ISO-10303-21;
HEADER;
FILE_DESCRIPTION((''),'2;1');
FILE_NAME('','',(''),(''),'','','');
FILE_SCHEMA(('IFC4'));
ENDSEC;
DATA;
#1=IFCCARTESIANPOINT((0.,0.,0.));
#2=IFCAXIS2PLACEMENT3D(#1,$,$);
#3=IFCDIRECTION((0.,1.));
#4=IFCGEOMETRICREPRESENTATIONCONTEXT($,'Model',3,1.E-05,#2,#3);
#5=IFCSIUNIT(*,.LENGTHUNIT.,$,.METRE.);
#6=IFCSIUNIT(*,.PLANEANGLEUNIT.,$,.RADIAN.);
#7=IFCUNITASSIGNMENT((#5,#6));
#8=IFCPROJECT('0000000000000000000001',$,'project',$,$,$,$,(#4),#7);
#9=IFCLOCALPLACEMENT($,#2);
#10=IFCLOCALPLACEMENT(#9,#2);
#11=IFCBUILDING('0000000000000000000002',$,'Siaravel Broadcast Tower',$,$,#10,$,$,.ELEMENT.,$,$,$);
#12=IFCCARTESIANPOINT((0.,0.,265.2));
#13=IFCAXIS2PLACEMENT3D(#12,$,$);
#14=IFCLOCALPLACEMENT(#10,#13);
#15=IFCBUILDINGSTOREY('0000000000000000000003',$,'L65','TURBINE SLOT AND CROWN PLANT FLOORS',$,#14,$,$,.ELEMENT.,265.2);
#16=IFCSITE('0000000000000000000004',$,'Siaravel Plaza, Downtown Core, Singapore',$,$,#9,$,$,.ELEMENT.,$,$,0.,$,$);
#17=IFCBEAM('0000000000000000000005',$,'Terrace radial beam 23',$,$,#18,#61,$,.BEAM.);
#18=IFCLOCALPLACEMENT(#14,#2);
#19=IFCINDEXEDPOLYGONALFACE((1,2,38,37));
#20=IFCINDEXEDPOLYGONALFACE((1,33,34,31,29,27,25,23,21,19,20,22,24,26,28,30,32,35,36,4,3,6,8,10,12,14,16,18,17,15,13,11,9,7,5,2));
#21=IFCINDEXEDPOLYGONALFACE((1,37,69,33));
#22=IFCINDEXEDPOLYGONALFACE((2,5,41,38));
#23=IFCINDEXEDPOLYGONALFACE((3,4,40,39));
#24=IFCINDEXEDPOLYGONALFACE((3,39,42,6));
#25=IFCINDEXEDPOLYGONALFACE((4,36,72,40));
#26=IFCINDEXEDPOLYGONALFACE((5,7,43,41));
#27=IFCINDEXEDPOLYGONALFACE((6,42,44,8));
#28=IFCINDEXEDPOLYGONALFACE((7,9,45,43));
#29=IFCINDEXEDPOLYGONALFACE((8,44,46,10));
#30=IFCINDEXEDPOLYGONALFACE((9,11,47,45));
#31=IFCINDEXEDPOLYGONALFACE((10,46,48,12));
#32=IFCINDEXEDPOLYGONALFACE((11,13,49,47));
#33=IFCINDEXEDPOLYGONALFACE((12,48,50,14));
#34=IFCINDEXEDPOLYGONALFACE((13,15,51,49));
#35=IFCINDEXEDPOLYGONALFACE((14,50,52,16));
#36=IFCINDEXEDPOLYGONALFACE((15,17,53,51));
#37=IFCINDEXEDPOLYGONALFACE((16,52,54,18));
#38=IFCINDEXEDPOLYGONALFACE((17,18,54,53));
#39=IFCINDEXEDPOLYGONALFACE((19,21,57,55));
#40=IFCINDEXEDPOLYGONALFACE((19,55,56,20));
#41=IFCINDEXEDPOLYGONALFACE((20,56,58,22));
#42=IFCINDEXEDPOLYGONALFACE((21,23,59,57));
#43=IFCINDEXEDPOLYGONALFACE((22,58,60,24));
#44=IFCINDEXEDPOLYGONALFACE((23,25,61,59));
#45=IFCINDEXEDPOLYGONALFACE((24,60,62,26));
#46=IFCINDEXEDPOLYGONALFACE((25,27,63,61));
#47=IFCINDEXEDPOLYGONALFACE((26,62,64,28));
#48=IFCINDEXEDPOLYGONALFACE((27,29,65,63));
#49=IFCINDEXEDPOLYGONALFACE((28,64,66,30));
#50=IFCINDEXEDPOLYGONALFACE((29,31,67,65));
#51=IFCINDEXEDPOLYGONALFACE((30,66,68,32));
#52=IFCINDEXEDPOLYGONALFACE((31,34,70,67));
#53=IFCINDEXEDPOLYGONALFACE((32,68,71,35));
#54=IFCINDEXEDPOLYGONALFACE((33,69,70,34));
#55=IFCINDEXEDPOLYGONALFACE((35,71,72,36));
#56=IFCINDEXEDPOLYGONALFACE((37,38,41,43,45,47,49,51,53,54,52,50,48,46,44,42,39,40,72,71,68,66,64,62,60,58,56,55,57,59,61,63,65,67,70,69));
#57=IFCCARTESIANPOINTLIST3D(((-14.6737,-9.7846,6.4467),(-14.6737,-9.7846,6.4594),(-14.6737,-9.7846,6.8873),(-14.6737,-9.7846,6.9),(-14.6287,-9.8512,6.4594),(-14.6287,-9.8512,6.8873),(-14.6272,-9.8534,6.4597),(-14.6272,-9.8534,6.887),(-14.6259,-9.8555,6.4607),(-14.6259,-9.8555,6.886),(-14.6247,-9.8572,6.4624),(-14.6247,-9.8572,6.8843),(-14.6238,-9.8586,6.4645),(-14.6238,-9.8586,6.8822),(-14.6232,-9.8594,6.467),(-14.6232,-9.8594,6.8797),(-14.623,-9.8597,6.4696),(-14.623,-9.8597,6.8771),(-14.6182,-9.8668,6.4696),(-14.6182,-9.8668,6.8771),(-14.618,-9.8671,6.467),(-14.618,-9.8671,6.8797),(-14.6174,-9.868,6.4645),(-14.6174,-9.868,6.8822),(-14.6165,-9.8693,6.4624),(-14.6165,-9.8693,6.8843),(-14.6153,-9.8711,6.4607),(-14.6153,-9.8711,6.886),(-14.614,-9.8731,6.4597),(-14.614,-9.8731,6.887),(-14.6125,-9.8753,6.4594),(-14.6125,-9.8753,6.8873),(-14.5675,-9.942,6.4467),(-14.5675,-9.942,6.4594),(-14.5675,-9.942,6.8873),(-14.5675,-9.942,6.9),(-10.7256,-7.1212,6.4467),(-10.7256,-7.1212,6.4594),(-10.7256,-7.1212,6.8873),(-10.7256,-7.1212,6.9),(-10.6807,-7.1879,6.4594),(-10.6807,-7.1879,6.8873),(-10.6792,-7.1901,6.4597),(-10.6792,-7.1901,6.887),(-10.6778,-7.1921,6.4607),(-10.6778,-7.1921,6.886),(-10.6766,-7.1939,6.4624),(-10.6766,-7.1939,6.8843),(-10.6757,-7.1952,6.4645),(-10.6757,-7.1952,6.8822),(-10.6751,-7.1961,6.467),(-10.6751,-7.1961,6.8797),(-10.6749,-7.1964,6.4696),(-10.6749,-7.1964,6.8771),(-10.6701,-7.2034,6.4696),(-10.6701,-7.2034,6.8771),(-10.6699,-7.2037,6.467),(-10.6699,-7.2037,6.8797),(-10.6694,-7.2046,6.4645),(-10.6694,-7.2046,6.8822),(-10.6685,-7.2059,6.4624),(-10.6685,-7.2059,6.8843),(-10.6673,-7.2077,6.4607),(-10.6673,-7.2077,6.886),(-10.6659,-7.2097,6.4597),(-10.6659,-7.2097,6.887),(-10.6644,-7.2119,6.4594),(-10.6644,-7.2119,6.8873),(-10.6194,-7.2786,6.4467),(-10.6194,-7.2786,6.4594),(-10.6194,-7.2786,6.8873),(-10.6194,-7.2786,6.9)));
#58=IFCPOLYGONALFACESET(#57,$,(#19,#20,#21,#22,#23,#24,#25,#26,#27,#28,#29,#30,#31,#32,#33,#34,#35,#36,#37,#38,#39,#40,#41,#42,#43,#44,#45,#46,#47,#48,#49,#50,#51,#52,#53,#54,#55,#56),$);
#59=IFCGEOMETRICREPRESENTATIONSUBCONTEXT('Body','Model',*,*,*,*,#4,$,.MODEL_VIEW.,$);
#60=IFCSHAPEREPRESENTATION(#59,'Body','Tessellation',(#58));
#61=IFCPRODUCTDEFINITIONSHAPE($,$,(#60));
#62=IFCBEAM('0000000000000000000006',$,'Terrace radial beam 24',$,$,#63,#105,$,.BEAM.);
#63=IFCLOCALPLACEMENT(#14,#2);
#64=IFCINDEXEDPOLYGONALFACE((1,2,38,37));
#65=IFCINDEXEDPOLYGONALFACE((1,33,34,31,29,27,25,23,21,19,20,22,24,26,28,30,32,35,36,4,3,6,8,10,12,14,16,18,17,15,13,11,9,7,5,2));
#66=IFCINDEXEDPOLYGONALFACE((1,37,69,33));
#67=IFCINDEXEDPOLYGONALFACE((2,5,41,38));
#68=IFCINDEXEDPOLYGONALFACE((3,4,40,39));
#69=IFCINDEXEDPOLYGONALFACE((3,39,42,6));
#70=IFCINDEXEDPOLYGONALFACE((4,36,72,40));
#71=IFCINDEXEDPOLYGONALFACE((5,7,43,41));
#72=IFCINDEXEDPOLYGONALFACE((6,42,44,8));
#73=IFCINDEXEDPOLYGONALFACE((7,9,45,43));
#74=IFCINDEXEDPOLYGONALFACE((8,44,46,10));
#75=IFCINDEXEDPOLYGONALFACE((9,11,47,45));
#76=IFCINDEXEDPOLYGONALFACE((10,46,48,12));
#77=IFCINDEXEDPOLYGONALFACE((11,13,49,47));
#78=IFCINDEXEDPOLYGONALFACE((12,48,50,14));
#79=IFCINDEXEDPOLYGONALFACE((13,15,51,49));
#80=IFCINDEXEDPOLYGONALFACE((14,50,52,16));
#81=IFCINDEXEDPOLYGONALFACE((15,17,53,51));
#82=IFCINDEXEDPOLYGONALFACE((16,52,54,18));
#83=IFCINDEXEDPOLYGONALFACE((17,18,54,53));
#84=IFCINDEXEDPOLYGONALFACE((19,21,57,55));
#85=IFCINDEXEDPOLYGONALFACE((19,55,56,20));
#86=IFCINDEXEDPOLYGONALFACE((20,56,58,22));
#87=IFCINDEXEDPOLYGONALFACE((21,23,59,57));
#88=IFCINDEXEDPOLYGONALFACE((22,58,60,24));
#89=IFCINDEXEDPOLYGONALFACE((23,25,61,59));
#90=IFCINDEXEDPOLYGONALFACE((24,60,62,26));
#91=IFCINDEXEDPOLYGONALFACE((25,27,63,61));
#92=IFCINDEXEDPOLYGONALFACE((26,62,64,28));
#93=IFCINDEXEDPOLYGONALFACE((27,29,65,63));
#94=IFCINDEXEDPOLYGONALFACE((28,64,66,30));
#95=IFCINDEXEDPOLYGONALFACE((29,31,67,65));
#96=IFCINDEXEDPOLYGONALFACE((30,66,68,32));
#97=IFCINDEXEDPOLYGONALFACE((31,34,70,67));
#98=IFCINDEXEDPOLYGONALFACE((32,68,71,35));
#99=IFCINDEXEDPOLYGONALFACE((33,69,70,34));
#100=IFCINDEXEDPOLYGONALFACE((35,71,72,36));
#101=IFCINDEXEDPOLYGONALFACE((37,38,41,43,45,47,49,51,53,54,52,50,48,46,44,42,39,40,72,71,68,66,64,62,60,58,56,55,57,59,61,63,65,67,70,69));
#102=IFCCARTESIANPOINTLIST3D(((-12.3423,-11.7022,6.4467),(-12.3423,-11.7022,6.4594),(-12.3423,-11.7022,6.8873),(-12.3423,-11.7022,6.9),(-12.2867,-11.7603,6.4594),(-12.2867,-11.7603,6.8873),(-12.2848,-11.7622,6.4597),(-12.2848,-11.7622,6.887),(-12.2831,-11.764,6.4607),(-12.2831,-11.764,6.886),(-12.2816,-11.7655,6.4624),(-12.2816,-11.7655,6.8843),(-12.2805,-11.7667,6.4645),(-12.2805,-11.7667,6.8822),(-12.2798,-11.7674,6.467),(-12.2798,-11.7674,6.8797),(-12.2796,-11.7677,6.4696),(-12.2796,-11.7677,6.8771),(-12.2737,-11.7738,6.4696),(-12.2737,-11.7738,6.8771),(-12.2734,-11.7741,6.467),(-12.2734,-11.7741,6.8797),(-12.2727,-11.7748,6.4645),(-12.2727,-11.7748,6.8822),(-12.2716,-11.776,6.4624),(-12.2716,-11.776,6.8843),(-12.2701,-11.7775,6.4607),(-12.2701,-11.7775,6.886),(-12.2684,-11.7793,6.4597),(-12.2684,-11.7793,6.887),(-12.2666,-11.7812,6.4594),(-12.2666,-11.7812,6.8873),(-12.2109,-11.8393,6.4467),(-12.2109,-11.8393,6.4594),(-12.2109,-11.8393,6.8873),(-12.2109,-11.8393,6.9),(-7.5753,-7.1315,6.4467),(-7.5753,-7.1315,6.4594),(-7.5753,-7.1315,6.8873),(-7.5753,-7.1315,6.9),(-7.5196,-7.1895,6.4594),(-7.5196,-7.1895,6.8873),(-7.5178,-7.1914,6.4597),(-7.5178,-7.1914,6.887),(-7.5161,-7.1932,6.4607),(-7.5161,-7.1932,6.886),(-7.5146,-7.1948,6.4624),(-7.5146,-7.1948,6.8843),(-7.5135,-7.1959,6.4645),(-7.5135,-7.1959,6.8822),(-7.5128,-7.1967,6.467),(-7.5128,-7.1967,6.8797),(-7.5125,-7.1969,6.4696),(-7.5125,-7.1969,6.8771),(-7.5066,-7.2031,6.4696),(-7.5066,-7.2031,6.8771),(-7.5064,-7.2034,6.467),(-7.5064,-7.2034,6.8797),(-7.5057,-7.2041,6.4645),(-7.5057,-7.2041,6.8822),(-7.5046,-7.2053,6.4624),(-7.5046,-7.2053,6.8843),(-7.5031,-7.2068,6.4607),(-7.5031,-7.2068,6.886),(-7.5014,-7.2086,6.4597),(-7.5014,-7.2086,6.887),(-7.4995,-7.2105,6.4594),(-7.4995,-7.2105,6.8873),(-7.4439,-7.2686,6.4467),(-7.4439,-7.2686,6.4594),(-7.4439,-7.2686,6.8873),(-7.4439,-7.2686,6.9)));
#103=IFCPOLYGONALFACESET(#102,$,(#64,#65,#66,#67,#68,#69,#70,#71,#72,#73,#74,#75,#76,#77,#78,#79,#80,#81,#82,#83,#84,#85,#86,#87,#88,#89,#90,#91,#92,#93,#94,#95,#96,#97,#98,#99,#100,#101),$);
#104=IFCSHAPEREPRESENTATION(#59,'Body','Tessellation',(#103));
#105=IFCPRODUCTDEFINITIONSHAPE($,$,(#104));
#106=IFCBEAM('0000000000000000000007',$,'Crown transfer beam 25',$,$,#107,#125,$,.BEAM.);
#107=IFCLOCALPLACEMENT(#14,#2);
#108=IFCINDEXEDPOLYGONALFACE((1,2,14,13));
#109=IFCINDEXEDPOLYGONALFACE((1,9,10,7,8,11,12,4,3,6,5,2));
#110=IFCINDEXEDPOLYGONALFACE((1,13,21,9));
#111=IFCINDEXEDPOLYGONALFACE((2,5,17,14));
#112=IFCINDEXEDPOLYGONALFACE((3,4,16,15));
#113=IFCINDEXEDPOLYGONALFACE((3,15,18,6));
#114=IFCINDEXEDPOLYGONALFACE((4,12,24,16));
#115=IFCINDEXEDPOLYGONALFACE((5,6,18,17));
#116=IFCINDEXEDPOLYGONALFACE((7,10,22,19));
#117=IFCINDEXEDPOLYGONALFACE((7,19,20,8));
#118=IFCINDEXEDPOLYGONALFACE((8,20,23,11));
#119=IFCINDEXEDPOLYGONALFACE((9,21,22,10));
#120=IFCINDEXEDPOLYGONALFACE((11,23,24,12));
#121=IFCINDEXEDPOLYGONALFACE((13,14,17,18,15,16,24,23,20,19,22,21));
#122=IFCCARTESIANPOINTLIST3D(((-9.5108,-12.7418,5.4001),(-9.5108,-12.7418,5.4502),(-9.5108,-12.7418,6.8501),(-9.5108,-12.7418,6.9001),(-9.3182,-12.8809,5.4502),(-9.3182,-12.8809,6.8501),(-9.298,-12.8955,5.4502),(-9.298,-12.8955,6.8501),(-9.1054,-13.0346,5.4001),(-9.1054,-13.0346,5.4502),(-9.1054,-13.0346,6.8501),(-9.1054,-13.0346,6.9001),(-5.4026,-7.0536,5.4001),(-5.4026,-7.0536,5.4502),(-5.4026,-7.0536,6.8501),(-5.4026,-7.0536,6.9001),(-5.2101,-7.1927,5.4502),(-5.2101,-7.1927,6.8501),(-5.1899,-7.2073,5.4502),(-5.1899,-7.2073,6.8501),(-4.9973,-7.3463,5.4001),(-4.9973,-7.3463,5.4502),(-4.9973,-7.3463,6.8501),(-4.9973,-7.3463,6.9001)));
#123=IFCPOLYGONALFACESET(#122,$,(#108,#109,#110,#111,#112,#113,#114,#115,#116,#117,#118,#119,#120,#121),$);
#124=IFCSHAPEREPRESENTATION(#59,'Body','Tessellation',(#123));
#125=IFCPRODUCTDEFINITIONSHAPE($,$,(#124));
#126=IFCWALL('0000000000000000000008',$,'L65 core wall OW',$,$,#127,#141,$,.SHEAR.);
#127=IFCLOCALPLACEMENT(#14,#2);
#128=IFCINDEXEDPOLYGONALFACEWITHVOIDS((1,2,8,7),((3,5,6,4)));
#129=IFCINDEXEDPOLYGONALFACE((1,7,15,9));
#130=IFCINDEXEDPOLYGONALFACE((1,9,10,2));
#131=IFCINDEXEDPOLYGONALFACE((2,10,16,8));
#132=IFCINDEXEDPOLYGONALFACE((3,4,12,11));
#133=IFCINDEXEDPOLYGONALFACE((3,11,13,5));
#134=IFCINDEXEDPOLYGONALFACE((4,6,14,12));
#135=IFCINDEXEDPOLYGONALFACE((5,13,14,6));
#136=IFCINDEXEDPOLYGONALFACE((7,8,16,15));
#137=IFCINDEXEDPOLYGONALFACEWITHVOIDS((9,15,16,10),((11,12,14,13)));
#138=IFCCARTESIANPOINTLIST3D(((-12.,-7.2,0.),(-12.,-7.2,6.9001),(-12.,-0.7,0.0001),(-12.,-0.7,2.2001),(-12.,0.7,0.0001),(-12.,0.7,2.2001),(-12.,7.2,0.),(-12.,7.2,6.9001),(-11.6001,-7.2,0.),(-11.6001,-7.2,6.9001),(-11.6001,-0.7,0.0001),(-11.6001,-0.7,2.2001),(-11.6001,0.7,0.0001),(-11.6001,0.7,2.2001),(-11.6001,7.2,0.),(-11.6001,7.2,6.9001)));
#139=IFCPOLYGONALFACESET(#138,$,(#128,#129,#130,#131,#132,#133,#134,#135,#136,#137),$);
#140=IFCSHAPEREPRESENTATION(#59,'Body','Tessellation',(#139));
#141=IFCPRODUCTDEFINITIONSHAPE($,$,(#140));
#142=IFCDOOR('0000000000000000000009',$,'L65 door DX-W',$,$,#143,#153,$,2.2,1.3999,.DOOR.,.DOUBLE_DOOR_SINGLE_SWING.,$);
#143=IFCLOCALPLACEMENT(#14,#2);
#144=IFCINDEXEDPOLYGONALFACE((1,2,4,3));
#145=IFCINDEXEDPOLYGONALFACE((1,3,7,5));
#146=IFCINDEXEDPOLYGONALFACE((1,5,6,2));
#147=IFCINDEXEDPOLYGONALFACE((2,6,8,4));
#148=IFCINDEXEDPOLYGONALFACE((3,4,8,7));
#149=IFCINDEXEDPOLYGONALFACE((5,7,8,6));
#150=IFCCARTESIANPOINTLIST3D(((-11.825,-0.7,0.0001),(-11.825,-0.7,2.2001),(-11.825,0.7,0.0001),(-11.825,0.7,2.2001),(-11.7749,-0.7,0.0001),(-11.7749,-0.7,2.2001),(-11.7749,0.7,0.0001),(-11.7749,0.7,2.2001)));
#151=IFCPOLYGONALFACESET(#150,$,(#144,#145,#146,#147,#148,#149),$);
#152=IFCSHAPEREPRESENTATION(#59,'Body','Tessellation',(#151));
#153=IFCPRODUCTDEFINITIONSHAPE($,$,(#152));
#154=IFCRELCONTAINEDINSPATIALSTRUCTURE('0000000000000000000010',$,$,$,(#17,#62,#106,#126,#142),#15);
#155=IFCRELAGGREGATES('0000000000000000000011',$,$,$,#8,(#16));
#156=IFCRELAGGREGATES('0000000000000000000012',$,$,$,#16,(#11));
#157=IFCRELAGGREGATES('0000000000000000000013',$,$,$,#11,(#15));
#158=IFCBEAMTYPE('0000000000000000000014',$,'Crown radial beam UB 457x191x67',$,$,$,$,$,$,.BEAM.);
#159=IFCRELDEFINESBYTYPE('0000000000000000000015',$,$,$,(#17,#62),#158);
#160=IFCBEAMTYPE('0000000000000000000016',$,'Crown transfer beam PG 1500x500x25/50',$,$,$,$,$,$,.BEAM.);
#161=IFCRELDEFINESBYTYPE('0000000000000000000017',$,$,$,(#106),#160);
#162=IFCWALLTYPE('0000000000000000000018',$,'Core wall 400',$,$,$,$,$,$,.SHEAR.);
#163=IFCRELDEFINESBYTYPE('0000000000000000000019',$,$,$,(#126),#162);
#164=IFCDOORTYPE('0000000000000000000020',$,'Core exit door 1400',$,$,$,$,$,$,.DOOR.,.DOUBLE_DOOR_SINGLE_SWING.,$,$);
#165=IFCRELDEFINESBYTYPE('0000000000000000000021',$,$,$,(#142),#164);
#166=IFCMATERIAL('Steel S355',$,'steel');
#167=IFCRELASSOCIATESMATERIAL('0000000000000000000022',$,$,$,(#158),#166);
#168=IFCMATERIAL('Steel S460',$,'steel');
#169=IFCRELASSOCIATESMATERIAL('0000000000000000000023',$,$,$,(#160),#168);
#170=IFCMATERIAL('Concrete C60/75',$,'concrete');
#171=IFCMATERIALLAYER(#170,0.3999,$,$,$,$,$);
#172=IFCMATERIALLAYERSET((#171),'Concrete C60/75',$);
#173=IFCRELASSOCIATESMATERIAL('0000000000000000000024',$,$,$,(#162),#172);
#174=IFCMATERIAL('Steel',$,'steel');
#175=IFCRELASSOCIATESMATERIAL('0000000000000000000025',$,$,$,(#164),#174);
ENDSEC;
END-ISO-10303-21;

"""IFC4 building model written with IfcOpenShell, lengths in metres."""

from ifc_helpers import new_model, si_unit, direction, frame, frame_2d, origin, origin_2d, place, context, subcontext, project, spatial, rectangle, i_section, extrude, material, layer, layer_set, material_profile, profile_set, type_object, element, fill, save


model = new_model("IFC4")

# Units and contexts
model_context = context("Model", 3, precision=1e-05, world=origin(), true_north=direction((0.0, 1.0)))
body_context = subcontext(model_context, "Body", "Model", "MODEL_VIEW")
ifc_project = project(units=[si_unit("LENGTHUNIT", "METRE"), si_unit("PLANEANGLEUNIT", "RADIAN")], contexts=[model_context])

# Site, building, storey
site_placement = place(None, origin())
site = spatial("IfcSite", under=ifc_project, at=site_placement, Name="Siaravel Plaza, Downtown Core, Singapore", CompositionType="ELEMENT", RefElevation=0.0)
building_placement = place(site_placement, origin())
building = spatial("IfcBuilding", under=site, at=building_placement, Name="Siaravel Broadcast Tower", CompositionType="ELEMENT")
storey_placement = place(building_placement, frame((0.0, 0.0, 265.2)))
storey = spatial("IfcBuildingStorey", under=building, at=storey_placement, Name="L65", Description="TURBINE SLOT AND CROWN PLANT FLOORS", CompositionType="ELEMENT", Elevation=265.2)

# Beams
ifc_material_1 = material(Name="Steel S355", Category="steel")
ifc_material_profile_1 = material_profile(ifc_material_1, i_section(OverallWidth=0.1899, OverallDepth=0.4534, WebThickness=0.0085, FlangeThickness=0.0127, FilletRadius=0.0103, at=origin_2d()))
ifc_profile_set_1 = profile_set([ifc_material_profile_1], Name="Steel S355")
beam_type_1 = type_object("IfcBeamType", Name="Crown radial beam UB 457x191x67", PredefinedType="BEAM", material=ifc_profile_set_1)
beam_1_placement = place(storey_placement, frame((-14.6206, -9.8633, 6.6733), z_axis=(0.829001, 0.559247, 0.0), x_axis=(-0.559247, 0.829001, 0.0)))
element("IfcBeam", 1, at=beam_1_placement, inside=storey, type_object=beam_type_1, Name="Terrace radial beam 23", PredefinedType="BEAM", context=body_context, shape_type="SweptSolid", body=[
    extrude(i_section(OverallWidth=0.1899, OverallDepth=0.4534, WebThickness=0.0085, FlangeThickness=0.0127, FilletRadius=0.0103, at=origin_2d()), origin(), (0.0, 0.0, 1.0), 4.7625),
])
beam_2_placement = place(storey_placement, frame((-12.2766, -11.7708, 6.6733), z_axis=(0.721811, 0.69209, 0.0), x_axis=(-0.69209, 0.721811, 0.0)))
element("IfcBeam", 2, at=beam_2_placement, inside=storey, type_object=beam_type_1, Name="Terrace radial beam 24", PredefinedType="BEAM", context=body_context, shape_type="SweptSolid", body=[
    extrude(i_section(OverallWidth=0.1899, OverallDepth=0.4534, WebThickness=0.0085, FlangeThickness=0.0127, FilletRadius=0.0103, at=origin_2d()), origin(), (0.0, 0.0, 1.0), 6.6042),
])
ifc_material_2 = material(Name="Steel S460", Category="steel")
ifc_material_profile_2 = material_profile(ifc_material_2, i_section(OverallWidth=0.5, OverallDepth=1.5, WebThickness=0.0249, FlangeThickness=0.05, at=origin_2d()))
ifc_profile_set_2 = profile_set([ifc_material_profile_2], Name="Steel S460")
beam_type_2 = type_object("IfcBeamType", Name="Crown transfer beam PG 1500x500x25/50", PredefinedType="BEAM", material=ifc_profile_set_2)
beam_3_placement = place(storey_placement, frame((-9.3081, -12.8882, 6.1501), z_axis=(0.585489, 0.81068, 0.0), x_axis=(-0.81068, 0.585489, 0.0)))
element("IfcBeam", 3, at=beam_3_placement, inside=storey, type_object=beam_type_2, Name="Crown transfer beam 25", PredefinedType="BEAM", context=body_context, shape_type="SweptSolid", body=[
    extrude(i_section(OverallWidth=0.5, OverallDepth=1.5, WebThickness=0.0249, FlangeThickness=0.05, at=origin_2d()), origin(), (0.0, 0.0, 1.0), 7.0166),
])

# Wall, opening, door
ifc_material_3 = material(Name="Concrete C60/75", Category="concrete")
ifc_layer_1 = layer(ifc_material_3, 0.3999)
ifc_layer_set_1 = layer_set([ifc_layer_1], Name="Concrete C60/75")
wall_type_1 = type_object("IfcWallType", Name="Core wall 400", PredefinedType="SHEAR", material=ifc_layer_set_1)
wall_1_placement = place(storey_placement, frame((-11.8, -7.2, 0.0), z_axis=(0.0, 0.0, 1.0), x_axis=(0.0, 1.0, 0.0)))
wall_1 = element("IfcWall", 4, at=wall_1_placement, inside=storey, type_object=wall_type_1, Name="L65 core wall OW", PredefinedType="SHEAR", context=body_context, shape_type="SweptSolid", body=[
    extrude(rectangle(XDim=14.3999, YDim=0.3999, at=frame_2d((7.2, 0.0))), origin(), (0.0, 0.0, 1.0), 6.9001),
])
opening_1_placement = place(wall_1_placement, frame((6.5, 0.0, 0.0)))
opening_1 = element("IfcOpeningElement", 5, at=opening_1_placement, cuts=wall_1, PredefinedType="OPENING", context=body_context, shape_type="SweptSolid", body=[
    extrude(rectangle(XDim=1.3999, YDim=2.2, at=frame_2d((0.7, 1.1001))), frame((0.0, 0.21, 0.0), z_axis=(0.0, -1.0, 0.0), x_axis=(1.0, 0.0, 0.0)), (0.0, 0.0, 1.0), 0.4199),
])
ifc_material_4 = material(Name="Steel", Category="steel")
door_type_1 = type_object("IfcDoorType", Name="Core exit door 1400", OperationType="DOUBLE_DOOR_SINGLE_SWING", PredefinedType="DOOR", material=ifc_material_4)
door_1_placement = place(opening_1_placement, origin())
door_1 = element("IfcDoor", 6, at=door_1_placement, inside=storey, type_object=door_type_1, Name="L65 door DX-W", OperationType="DOUBLE_DOOR_SINGLE_SWING", OverallHeight=2.2, OverallWidth=1.3999, PredefinedType="DOOR", context=body_context, shape_type="SweptSolid", body=[
    extrude(rectangle(XDim=1.3999, YDim=2.2, at=frame_2d((0.7, 1.1001))), frame((0.0, 0.0249, 0.0), z_axis=(0.0, -1.0, 0.0), x_axis=(1.0, 0.0, 0.0)), (0.0, 0.0, 1.0), 0.05),
])
fill(opening_1, door_1)

save(model, "model.ifc")
